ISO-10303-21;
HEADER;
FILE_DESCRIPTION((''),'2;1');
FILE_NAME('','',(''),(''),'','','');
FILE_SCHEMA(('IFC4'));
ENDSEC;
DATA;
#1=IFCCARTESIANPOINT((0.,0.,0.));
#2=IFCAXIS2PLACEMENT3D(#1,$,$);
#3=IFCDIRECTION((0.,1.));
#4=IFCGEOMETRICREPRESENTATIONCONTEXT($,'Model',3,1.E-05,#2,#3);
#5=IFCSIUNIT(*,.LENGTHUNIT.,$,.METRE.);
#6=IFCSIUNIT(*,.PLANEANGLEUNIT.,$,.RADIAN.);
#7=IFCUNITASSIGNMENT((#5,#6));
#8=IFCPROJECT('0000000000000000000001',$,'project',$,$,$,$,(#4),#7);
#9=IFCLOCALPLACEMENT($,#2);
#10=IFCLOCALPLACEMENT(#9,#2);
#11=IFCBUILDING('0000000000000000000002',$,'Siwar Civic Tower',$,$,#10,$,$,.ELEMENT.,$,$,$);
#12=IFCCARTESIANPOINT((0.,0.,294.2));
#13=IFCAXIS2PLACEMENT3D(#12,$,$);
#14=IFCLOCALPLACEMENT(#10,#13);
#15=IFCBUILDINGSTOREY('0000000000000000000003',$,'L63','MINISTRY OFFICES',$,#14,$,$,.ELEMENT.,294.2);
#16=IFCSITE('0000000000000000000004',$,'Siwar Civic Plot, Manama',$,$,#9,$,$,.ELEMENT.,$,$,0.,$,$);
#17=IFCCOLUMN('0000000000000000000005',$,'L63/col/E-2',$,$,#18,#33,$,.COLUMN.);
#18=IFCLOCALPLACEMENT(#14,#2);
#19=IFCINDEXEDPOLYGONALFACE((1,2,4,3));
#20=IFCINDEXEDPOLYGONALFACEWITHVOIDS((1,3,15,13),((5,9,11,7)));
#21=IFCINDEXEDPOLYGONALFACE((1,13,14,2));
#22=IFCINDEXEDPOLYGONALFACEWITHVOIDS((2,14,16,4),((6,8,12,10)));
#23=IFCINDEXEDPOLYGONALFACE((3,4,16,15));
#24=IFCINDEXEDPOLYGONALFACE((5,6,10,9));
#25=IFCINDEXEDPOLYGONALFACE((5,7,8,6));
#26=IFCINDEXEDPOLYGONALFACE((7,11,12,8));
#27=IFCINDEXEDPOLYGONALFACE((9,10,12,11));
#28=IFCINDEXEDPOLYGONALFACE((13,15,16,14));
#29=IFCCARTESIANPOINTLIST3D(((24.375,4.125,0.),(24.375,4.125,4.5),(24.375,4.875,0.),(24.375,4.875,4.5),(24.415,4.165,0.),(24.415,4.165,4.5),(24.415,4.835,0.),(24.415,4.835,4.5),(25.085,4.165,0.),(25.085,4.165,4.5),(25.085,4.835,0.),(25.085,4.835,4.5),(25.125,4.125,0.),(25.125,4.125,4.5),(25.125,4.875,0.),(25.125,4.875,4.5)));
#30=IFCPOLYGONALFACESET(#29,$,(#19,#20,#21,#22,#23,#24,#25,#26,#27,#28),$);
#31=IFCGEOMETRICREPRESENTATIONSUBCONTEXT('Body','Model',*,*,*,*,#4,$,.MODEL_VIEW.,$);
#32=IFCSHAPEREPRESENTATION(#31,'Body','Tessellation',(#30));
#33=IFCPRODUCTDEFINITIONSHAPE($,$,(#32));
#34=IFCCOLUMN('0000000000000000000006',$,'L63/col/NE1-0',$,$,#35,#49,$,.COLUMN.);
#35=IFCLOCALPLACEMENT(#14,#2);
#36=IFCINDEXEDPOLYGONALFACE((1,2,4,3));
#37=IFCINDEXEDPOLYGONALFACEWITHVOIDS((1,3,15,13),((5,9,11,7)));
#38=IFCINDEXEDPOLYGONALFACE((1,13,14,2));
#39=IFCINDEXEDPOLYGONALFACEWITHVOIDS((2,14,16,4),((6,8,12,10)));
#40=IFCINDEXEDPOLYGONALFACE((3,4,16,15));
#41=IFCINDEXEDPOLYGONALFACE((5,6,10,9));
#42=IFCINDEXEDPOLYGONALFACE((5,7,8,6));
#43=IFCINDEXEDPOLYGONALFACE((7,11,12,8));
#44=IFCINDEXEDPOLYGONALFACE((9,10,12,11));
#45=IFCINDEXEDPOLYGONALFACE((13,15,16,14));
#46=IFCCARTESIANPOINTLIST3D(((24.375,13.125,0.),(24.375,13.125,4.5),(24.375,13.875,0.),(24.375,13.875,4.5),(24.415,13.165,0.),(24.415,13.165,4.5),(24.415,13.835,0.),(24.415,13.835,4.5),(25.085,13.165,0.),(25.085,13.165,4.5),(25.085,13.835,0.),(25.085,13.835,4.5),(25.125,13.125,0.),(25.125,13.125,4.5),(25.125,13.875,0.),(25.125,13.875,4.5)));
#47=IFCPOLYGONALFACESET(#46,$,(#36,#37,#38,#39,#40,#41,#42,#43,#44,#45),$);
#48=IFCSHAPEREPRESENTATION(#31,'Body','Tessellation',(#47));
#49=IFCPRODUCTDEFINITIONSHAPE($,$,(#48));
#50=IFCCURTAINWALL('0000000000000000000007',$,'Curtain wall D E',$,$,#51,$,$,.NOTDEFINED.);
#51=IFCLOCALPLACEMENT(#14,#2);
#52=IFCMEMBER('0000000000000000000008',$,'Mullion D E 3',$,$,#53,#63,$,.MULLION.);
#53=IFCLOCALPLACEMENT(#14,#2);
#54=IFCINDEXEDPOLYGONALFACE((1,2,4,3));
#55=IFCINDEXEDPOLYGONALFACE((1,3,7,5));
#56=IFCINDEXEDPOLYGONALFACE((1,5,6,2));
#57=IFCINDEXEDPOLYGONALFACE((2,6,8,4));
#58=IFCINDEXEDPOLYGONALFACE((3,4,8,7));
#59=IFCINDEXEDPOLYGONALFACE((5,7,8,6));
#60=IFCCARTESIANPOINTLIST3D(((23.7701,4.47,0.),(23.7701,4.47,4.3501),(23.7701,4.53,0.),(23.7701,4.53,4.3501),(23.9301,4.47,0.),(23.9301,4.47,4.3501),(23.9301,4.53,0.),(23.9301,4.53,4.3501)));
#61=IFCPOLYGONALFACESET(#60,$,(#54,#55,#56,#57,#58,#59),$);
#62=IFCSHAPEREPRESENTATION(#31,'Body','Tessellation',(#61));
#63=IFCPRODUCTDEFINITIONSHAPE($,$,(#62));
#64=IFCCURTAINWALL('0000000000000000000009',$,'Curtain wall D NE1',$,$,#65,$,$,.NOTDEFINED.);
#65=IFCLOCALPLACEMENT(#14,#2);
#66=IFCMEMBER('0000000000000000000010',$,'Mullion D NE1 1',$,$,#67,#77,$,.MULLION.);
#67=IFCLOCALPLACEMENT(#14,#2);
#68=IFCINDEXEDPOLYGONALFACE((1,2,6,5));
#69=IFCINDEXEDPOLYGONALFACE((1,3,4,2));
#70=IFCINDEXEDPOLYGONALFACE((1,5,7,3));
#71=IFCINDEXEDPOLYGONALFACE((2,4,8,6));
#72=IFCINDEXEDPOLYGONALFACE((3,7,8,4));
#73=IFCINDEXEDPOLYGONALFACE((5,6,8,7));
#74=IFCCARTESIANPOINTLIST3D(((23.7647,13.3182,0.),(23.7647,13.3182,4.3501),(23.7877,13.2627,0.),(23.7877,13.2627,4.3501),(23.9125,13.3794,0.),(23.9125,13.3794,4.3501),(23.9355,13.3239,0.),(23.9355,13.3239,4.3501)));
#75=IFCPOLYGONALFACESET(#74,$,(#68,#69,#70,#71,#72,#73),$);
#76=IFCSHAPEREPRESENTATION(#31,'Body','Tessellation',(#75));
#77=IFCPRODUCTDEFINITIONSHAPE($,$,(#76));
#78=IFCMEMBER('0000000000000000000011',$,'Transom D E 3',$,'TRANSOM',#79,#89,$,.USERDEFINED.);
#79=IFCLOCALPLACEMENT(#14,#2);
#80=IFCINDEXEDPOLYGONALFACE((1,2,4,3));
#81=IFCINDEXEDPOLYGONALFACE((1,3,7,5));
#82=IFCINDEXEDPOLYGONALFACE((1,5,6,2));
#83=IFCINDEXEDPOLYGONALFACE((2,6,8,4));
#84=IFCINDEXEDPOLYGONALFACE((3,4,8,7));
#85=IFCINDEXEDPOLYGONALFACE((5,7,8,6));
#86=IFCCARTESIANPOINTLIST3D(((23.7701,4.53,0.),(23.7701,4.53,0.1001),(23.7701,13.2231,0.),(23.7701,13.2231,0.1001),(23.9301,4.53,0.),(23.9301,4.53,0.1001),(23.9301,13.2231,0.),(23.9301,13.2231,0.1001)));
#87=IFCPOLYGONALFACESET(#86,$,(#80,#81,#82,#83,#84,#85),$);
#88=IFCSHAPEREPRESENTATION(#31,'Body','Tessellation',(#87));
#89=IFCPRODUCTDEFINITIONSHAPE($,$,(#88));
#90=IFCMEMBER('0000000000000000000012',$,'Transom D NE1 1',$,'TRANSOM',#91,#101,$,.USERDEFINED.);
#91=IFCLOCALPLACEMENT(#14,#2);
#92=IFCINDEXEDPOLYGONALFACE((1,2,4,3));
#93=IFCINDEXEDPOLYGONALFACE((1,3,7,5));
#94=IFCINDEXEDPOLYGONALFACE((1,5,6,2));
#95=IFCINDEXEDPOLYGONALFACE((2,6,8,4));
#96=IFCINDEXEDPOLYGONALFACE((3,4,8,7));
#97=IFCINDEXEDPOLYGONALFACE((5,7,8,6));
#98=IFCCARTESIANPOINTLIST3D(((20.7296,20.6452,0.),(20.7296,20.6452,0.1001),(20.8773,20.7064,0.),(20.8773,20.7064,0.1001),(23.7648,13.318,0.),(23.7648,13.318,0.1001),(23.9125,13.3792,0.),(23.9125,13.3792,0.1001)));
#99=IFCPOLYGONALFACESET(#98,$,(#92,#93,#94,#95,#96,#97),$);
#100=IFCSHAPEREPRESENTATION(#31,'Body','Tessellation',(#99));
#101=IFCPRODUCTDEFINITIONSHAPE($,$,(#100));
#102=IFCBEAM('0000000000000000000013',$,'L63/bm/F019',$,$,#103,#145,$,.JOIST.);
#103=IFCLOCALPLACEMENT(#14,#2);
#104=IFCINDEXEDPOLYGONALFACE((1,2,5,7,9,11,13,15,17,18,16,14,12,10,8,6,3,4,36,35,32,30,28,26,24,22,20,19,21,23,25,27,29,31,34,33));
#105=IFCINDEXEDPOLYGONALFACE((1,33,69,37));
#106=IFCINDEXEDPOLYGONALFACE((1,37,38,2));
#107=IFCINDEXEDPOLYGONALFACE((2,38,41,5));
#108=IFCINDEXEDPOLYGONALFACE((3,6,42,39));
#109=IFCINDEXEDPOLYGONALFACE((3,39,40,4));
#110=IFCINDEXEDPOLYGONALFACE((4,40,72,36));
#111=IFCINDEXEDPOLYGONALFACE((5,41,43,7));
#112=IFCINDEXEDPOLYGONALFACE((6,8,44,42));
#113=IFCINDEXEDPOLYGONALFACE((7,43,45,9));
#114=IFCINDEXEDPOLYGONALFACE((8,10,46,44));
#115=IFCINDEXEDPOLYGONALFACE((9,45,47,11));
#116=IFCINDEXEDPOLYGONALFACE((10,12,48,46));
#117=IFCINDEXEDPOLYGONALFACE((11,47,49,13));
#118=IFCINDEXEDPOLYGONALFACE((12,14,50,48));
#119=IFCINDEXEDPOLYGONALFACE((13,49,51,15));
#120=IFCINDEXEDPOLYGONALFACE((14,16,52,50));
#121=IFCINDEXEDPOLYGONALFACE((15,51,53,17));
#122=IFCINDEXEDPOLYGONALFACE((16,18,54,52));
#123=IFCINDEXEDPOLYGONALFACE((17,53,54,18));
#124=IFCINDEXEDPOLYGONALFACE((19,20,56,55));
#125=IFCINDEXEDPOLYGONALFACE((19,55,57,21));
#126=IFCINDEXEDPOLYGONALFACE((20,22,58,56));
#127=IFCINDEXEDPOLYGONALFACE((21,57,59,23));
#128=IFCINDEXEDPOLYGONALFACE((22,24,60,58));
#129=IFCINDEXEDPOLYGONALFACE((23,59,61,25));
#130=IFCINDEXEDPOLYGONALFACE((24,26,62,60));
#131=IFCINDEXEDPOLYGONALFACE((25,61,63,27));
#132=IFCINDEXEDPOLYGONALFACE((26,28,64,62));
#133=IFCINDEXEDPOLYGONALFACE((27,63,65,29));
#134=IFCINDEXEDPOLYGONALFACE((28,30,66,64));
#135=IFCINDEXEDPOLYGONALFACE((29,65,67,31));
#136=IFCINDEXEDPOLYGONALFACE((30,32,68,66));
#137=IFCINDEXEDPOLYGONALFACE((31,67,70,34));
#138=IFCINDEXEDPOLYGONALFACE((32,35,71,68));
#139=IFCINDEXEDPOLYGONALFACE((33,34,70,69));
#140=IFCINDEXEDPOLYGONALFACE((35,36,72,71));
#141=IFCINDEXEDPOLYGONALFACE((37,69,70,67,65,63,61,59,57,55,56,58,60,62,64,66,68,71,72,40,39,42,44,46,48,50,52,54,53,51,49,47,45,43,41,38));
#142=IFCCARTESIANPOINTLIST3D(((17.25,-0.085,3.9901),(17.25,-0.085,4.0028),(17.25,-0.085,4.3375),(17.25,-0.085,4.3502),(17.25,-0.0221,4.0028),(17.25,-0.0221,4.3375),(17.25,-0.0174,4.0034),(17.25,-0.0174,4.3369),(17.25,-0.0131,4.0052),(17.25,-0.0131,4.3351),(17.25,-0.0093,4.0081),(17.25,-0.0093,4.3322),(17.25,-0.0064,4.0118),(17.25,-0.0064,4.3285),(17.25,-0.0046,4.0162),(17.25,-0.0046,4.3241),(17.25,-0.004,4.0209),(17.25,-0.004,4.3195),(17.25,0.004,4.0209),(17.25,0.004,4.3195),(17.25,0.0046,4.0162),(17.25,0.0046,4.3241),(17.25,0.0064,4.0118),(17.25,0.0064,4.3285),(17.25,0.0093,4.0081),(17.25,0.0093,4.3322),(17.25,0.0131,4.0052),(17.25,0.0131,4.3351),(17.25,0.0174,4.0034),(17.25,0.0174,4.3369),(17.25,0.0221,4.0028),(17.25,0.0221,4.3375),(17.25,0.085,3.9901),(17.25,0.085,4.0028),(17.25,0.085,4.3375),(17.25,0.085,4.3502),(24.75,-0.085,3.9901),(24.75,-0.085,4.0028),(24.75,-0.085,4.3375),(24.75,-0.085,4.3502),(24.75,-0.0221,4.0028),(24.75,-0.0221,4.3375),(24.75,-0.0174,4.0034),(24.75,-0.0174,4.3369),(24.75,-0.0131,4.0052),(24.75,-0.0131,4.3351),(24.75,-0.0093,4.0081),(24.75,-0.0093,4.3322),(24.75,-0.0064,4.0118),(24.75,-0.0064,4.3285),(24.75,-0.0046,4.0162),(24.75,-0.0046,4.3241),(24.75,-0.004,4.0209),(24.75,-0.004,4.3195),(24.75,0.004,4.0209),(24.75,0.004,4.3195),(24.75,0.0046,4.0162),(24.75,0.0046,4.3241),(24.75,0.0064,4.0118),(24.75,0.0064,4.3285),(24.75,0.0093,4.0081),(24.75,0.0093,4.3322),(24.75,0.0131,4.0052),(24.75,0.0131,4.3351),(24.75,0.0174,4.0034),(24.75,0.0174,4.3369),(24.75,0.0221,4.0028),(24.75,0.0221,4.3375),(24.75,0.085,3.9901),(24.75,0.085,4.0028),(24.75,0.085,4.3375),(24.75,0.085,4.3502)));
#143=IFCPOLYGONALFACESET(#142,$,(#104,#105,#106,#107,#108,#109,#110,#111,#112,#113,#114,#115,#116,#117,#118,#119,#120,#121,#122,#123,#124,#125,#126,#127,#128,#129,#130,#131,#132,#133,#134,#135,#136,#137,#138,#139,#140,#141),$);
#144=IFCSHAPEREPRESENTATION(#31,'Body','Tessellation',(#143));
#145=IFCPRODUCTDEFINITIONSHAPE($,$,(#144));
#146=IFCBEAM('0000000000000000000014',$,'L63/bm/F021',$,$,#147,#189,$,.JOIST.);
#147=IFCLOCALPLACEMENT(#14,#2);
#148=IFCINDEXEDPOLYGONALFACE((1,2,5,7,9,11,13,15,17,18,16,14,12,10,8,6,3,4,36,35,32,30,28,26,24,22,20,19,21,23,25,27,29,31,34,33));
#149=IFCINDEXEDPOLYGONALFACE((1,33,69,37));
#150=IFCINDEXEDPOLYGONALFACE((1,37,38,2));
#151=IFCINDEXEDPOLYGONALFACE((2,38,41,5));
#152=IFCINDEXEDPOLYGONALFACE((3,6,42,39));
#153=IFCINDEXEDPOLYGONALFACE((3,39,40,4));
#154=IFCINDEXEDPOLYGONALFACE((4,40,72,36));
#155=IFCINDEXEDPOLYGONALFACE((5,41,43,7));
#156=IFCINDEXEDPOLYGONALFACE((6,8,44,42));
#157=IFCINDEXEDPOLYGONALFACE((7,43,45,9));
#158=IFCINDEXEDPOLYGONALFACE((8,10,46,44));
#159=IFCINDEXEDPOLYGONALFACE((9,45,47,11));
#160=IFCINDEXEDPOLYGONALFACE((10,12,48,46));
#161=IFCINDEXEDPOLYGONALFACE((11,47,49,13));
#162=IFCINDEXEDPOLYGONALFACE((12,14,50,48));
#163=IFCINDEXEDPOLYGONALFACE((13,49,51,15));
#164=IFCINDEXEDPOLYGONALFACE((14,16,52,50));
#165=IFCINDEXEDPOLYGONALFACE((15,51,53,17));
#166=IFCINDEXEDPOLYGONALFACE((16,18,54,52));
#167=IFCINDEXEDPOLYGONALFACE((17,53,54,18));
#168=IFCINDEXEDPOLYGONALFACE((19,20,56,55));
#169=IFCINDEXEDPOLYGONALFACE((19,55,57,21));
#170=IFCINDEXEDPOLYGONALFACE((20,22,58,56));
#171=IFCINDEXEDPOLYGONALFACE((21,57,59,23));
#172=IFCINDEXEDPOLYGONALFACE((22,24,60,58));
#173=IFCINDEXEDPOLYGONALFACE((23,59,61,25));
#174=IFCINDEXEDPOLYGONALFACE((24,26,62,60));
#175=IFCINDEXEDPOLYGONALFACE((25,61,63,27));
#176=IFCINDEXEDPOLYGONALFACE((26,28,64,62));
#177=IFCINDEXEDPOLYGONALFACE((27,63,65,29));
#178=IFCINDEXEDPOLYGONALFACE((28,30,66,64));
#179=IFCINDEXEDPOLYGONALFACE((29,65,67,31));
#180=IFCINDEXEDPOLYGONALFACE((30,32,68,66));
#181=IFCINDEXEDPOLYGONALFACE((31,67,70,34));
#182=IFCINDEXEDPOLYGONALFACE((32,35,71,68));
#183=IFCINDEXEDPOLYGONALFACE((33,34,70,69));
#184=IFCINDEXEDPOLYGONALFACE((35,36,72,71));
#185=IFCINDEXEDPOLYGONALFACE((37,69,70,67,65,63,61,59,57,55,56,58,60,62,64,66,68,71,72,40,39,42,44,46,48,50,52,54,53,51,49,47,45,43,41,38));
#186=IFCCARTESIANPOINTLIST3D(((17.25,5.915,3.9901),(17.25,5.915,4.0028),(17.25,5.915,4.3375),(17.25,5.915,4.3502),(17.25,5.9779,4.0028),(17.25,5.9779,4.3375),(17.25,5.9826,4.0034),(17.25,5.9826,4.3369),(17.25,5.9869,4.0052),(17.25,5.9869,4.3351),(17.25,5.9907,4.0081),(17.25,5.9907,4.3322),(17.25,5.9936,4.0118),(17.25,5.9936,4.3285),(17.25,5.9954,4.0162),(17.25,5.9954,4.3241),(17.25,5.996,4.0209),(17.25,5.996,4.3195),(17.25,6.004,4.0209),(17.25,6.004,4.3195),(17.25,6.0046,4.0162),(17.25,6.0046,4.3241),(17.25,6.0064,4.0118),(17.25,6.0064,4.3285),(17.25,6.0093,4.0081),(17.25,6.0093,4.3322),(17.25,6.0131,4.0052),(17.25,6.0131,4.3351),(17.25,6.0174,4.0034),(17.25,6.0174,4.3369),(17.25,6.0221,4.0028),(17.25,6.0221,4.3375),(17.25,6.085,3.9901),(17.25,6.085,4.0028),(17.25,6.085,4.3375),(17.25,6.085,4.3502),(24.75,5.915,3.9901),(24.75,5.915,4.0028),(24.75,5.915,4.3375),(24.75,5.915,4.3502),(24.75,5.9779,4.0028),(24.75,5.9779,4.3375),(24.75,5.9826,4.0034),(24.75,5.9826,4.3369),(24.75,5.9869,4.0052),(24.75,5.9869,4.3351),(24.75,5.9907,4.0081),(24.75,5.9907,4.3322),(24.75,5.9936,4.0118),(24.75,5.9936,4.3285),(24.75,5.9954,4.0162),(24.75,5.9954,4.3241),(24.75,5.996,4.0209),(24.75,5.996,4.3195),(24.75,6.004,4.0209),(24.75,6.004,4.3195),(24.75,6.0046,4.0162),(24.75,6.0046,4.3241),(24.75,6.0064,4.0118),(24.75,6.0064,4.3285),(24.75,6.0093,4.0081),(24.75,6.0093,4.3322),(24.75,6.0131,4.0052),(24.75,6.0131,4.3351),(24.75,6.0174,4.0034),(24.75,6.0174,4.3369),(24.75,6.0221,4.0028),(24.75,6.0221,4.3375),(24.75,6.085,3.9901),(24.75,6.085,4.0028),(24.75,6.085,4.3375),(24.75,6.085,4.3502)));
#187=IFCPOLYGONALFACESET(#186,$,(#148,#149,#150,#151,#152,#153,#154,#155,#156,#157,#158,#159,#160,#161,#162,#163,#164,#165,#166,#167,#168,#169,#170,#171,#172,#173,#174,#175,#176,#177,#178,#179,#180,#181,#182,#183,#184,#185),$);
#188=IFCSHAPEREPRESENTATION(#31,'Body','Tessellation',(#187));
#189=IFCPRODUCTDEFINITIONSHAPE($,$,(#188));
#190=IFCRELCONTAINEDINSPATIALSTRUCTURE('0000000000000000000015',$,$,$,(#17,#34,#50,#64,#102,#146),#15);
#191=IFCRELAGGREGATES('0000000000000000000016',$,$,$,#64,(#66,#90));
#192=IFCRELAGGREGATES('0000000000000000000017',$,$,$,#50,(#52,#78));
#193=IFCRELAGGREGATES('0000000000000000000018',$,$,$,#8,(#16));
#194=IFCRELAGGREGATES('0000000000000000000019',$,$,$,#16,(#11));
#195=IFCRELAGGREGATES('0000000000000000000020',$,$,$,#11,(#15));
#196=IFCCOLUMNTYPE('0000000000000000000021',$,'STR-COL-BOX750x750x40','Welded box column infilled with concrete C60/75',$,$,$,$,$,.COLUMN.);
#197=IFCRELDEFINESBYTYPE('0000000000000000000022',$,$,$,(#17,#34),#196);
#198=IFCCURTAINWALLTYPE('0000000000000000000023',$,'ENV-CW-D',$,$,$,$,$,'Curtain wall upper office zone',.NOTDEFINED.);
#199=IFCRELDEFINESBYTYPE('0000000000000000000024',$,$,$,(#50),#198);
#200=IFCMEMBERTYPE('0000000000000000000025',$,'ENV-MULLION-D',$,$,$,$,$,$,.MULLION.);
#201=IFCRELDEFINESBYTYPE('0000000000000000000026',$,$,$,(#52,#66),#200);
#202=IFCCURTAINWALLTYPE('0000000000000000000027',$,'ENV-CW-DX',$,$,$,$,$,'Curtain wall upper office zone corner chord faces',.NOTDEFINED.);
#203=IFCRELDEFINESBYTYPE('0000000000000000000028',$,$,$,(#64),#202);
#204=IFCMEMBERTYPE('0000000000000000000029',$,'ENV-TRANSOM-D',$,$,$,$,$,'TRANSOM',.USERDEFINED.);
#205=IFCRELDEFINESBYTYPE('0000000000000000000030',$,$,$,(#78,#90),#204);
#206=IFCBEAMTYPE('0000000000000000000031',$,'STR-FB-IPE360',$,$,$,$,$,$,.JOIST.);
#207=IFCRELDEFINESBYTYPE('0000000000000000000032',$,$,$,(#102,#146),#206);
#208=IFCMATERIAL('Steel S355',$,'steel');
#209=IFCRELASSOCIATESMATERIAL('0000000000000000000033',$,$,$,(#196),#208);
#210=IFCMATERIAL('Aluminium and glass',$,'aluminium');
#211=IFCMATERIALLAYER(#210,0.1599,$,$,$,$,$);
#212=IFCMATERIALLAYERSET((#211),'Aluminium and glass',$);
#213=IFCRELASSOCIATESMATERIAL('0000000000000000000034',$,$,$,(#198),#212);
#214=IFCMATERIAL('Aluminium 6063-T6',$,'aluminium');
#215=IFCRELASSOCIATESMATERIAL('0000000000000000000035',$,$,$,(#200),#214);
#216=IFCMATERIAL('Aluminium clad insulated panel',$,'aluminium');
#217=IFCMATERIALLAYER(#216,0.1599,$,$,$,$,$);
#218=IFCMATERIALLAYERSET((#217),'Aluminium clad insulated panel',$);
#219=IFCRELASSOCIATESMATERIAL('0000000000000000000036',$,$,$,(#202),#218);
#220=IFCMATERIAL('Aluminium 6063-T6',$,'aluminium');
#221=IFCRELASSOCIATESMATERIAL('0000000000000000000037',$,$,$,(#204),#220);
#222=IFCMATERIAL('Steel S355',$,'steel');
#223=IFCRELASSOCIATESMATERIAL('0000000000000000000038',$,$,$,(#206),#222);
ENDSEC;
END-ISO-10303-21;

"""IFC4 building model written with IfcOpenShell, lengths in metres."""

from ifc_helpers import new_model, si_unit, direction, frame, origin, origin_2d, place, context, subcontext, project, spatial, rectangle, hollow_rectangle, i_section, extrude, material, layer, layer_set, material_profile, profile_set, type_object, element, aggregate, save


model = new_model("IFC4")

# Units and contexts
model_context = context("Model", 3, precision=1e-05, world=origin(), true_north=direction((0.0, 1.0)))
body_context = subcontext(model_context, "Body", "Model", "MODEL_VIEW")
ifc_project = project(units=[si_unit("LENGTHUNIT", "METRE"), si_unit("PLANEANGLEUNIT", "RADIAN")], contexts=[model_context])

# Site, building, storey
site_placement = place(None, origin())
site = spatial("IfcSite", under=ifc_project, at=site_placement, Name="Siwar Civic Plot, Manama", CompositionType="ELEMENT", RefElevation=0.0)
building_placement = place(site_placement, origin())
building = spatial("IfcBuilding", under=site, at=building_placement, Name="Siwar Civic Tower", CompositionType="ELEMENT")
storey_placement = place(building_placement, frame((0.0, 0.0, 294.2)))
storey = spatial("IfcBuildingStorey", under=building, at=storey_placement, Name="L63", Description="MINISTRY OFFICES", CompositionType="ELEMENT", Elevation=294.2)

# Columns
ifc_material_1 = material(Name="Steel S355", Category="steel")
ifc_material_profile_1 = material_profile(ifc_material_1, hollow_rectangle(XDim=0.75, YDim=0.75, WallThickness=0.04, at=origin_2d()), Name="BOX750x750x40")
ifc_profile_set_1 = profile_set([ifc_material_profile_1], Name="Steel S355")
column_type = type_object("IfcColumnType", Name="STR-COL-BOX750x750x40", Description="Welded box column infilled with concrete C60/75", PredefinedType="COLUMN", material=ifc_profile_set_1)
for number, where, z_axis, x_axis, name in (
    (1, (24.75, 4.5, 0.0), (0.0, 0.0, 1.0), (1.0, 0.0, 0.0), "L63/col/E-2"),
    (2, (24.75, 13.5, 0.0), (0.0, 0.0, 1.0), (1.0, 0.0, 0.0), "L63/col/NE1-0"),
):
    element("IfcColumn", number, at=place(storey_placement, frame(where, z_axis=z_axis, x_axis=x_axis)), inside=storey, type_object=column_type, Name=name, PredefinedType="COLUMN", context=body_context, shape_type="SweptSolid", body=[
        extrude(hollow_rectangle(XDim=0.75, YDim=0.75, WallThickness=0.04, at=origin_2d()), origin(), (0.0, 0.0, 1.0), 4.5),
    ])

# Curtain walls, members
ifc_material_2 = material(Name="Aluminium and glass", Category="aluminium")
ifc_layer_1 = layer(ifc_material_2, 0.1599)
ifc_layer_set_1 = layer_set([ifc_layer_1], Name="Aluminium and glass")
curtain_wall_type_1 = type_object("IfcCurtainWallType", Name="ENV-CW-D", ElementType="Curtain wall upper office zone", PredefinedType="NOTDEFINED", material=ifc_layer_set_1)
curtain_wall_1_placement = place(storey_placement, origin())
curtain_wall_1 = element("IfcCurtainWall", 3, at=curtain_wall_1_placement, inside=storey, type_object=curtain_wall_type_1, Name="Curtain wall D E", PredefinedType="NOTDEFINED")
ifc_material_3 = material(Name="Aluminium 6063-T6", Category="aluminium")
ifc_material_profile_2 = material_profile(ifc_material_3, rectangle(XDim=0.1599, YDim=0.0601, at=origin_2d()), Name="AL 160x60")
ifc_profile_set_2 = profile_set([ifc_material_profile_2], Name="Aluminium 6063-T6")
member_type_1 = type_object("IfcMemberType", Name="ENV-MULLION-D", PredefinedType="MULLION", material=ifc_profile_set_2)
member_1_placement = place(storey_placement, frame((23.8501, 4.5, 0.0), z_axis=(0.0, 0.0, 1.0), x_axis=(-1.0, 0.0, 0.0)))
member_1 = element("IfcMember", 4, at=member_1_placement, type_object=member_type_1, Name="Mullion D E 3", PredefinedType="MULLION", context=body_context, shape_type="SweptSolid", body=[
    extrude(rectangle(XDim=0.1599, YDim=0.0601, at=origin_2d()), origin(), (0.0, 0.0, 1.0), 4.3501),
])
ifc_material_4 = material(Name="Aluminium clad insulated panel", Category="aluminium")
ifc_layer_2 = layer(ifc_material_4, 0.1599)
ifc_layer_set_2 = layer_set([ifc_layer_2], Name="Aluminium clad insulated panel")
curtain_wall_type_2 = type_object("IfcCurtainWallType", Name="ENV-CW-DX", ElementType="Curtain wall upper office zone corner chord faces", PredefinedType="NOTDEFINED", material=ifc_layer_set_2)
curtain_wall_2_placement = place(storey_placement, origin())
curtain_wall_2 = element("IfcCurtainWall", 5, at=curtain_wall_2_placement, inside=storey, type_object=curtain_wall_type_2, Name="Curtain wall D NE1", PredefinedType="NOTDEFINED")
member_2_placement = place(storey_placement, frame((23.8501, 13.321, 0.0), z_axis=(0.0, 0.0, 1.0), x_axis=(-0.92388, -0.382683, 0.0)))
member_2 = element("IfcMember", 6, at=member_2_placement, type_object=member_type_1, Name="Mullion D NE1 1", PredefinedType="MULLION", context=body_context, shape_type="SweptSolid", body=[
    extrude(rectangle(XDim=0.1599, YDim=0.0601, at=origin_2d()), origin(), (0.0, 0.0, 1.0), 4.3501),
])

# Members
ifc_material_5 = material(Name="Aluminium 6063-T6", Category="aluminium")
ifc_material_profile_3 = material_profile(ifc_material_5, rectangle(XDim=0.1599, YDim=0.1001, at=origin_2d()), Name="AL 160x100")
ifc_profile_set_3 = profile_set([ifc_material_profile_3], Name="Aluminium 6063-T6")
member_type_2 = type_object("IfcMemberType", Name="ENV-TRANSOM-D", ElementType="TRANSOM", PredefinedType="USERDEFINED", material=ifc_profile_set_3)
member_3_placement = place(storey_placement, frame((23.8501, 4.53, 0.05), z_axis=(0.0, 1.0, 0.0), x_axis=(-1.0, 0.0, 0.0)))
member_3 = element("IfcMember", 7, at=member_3_placement, type_object=member_type_2, Name="Transom D E 3", ObjectType="TRANSOM", PredefinedType="USERDEFINED", context=body_context, shape_type="SweptSolid", body=[
    extrude(rectangle(XDim=0.1599, YDim=0.1001, at=origin_2d()), origin(), (0.0, 0.0, 1.0), 8.6931),
])
member_4_placement = place(storey_placement, frame((23.8386, 13.3486, 0.05), z_axis=(-0.3827, 0.923873, 0.0), x_axis=(-0.923873, -0.3827, 0.0)))
member_4 = element("IfcMember", 8, at=member_4_placement, type_object=member_type_2, Name="Transom D NE1 1", ObjectType="TRANSOM", PredefinedType="USERDEFINED", context=body_context, shape_type="SweptSolid", body=[
    extrude(rectangle(XDim=0.1599, YDim=0.1001, at=origin_2d()), origin(), (0.0, 0.0, 1.0), 7.9309),
])
aggregate(curtain_wall_2, [member_2, member_4])

# Beams
ifc_material_6 = material(Name="Steel S355", Category="steel")
ifc_material_profile_4 = material_profile(ifc_material_6, i_section(OverallWidth=0.1699, OverallDepth=0.3601, WebThickness=0.0081, FlangeThickness=0.0127, FilletRadius=0.0181, at=origin_2d()), Name="IPE360")
ifc_profile_set_4 = profile_set([ifc_material_profile_4], Name="Steel S355")
beam_type_1 = type_object("IfcBeamType", Name="STR-FB-IPE360", PredefinedType="JOIST", material=ifc_profile_set_4)
for number, where, z_axis, x_axis, name in (
    (9, (17.25, 0.0, 4.1702), (1.0, 0.0, 0.0), (0.0, 1.0, 0.0), "L63/bm/F019"),
    (10, (17.25, 6.0, 4.1702), (1.0, 0.0, 0.0), (0.0, 1.0, 0.0), "L63/bm/F021"),
):
    element("IfcBeam", number, at=place(storey_placement, frame(where, z_axis=z_axis, x_axis=x_axis)), inside=storey, type_object=beam_type_1, Name=name, PredefinedType="JOIST", context=body_context, shape_type="SweptSolid", body=[
        extrude(i_section(OverallWidth=0.1699, OverallDepth=0.3601, WebThickness=0.0081, FlangeThickness=0.0127, FilletRadius=0.0181, at=origin_2d()), origin(), (0.0, 0.0, 1.0), 7.5),
    ])

aggregate(curtain_wall_1, [member_1, member_3])

save(model, "model.ifc")
